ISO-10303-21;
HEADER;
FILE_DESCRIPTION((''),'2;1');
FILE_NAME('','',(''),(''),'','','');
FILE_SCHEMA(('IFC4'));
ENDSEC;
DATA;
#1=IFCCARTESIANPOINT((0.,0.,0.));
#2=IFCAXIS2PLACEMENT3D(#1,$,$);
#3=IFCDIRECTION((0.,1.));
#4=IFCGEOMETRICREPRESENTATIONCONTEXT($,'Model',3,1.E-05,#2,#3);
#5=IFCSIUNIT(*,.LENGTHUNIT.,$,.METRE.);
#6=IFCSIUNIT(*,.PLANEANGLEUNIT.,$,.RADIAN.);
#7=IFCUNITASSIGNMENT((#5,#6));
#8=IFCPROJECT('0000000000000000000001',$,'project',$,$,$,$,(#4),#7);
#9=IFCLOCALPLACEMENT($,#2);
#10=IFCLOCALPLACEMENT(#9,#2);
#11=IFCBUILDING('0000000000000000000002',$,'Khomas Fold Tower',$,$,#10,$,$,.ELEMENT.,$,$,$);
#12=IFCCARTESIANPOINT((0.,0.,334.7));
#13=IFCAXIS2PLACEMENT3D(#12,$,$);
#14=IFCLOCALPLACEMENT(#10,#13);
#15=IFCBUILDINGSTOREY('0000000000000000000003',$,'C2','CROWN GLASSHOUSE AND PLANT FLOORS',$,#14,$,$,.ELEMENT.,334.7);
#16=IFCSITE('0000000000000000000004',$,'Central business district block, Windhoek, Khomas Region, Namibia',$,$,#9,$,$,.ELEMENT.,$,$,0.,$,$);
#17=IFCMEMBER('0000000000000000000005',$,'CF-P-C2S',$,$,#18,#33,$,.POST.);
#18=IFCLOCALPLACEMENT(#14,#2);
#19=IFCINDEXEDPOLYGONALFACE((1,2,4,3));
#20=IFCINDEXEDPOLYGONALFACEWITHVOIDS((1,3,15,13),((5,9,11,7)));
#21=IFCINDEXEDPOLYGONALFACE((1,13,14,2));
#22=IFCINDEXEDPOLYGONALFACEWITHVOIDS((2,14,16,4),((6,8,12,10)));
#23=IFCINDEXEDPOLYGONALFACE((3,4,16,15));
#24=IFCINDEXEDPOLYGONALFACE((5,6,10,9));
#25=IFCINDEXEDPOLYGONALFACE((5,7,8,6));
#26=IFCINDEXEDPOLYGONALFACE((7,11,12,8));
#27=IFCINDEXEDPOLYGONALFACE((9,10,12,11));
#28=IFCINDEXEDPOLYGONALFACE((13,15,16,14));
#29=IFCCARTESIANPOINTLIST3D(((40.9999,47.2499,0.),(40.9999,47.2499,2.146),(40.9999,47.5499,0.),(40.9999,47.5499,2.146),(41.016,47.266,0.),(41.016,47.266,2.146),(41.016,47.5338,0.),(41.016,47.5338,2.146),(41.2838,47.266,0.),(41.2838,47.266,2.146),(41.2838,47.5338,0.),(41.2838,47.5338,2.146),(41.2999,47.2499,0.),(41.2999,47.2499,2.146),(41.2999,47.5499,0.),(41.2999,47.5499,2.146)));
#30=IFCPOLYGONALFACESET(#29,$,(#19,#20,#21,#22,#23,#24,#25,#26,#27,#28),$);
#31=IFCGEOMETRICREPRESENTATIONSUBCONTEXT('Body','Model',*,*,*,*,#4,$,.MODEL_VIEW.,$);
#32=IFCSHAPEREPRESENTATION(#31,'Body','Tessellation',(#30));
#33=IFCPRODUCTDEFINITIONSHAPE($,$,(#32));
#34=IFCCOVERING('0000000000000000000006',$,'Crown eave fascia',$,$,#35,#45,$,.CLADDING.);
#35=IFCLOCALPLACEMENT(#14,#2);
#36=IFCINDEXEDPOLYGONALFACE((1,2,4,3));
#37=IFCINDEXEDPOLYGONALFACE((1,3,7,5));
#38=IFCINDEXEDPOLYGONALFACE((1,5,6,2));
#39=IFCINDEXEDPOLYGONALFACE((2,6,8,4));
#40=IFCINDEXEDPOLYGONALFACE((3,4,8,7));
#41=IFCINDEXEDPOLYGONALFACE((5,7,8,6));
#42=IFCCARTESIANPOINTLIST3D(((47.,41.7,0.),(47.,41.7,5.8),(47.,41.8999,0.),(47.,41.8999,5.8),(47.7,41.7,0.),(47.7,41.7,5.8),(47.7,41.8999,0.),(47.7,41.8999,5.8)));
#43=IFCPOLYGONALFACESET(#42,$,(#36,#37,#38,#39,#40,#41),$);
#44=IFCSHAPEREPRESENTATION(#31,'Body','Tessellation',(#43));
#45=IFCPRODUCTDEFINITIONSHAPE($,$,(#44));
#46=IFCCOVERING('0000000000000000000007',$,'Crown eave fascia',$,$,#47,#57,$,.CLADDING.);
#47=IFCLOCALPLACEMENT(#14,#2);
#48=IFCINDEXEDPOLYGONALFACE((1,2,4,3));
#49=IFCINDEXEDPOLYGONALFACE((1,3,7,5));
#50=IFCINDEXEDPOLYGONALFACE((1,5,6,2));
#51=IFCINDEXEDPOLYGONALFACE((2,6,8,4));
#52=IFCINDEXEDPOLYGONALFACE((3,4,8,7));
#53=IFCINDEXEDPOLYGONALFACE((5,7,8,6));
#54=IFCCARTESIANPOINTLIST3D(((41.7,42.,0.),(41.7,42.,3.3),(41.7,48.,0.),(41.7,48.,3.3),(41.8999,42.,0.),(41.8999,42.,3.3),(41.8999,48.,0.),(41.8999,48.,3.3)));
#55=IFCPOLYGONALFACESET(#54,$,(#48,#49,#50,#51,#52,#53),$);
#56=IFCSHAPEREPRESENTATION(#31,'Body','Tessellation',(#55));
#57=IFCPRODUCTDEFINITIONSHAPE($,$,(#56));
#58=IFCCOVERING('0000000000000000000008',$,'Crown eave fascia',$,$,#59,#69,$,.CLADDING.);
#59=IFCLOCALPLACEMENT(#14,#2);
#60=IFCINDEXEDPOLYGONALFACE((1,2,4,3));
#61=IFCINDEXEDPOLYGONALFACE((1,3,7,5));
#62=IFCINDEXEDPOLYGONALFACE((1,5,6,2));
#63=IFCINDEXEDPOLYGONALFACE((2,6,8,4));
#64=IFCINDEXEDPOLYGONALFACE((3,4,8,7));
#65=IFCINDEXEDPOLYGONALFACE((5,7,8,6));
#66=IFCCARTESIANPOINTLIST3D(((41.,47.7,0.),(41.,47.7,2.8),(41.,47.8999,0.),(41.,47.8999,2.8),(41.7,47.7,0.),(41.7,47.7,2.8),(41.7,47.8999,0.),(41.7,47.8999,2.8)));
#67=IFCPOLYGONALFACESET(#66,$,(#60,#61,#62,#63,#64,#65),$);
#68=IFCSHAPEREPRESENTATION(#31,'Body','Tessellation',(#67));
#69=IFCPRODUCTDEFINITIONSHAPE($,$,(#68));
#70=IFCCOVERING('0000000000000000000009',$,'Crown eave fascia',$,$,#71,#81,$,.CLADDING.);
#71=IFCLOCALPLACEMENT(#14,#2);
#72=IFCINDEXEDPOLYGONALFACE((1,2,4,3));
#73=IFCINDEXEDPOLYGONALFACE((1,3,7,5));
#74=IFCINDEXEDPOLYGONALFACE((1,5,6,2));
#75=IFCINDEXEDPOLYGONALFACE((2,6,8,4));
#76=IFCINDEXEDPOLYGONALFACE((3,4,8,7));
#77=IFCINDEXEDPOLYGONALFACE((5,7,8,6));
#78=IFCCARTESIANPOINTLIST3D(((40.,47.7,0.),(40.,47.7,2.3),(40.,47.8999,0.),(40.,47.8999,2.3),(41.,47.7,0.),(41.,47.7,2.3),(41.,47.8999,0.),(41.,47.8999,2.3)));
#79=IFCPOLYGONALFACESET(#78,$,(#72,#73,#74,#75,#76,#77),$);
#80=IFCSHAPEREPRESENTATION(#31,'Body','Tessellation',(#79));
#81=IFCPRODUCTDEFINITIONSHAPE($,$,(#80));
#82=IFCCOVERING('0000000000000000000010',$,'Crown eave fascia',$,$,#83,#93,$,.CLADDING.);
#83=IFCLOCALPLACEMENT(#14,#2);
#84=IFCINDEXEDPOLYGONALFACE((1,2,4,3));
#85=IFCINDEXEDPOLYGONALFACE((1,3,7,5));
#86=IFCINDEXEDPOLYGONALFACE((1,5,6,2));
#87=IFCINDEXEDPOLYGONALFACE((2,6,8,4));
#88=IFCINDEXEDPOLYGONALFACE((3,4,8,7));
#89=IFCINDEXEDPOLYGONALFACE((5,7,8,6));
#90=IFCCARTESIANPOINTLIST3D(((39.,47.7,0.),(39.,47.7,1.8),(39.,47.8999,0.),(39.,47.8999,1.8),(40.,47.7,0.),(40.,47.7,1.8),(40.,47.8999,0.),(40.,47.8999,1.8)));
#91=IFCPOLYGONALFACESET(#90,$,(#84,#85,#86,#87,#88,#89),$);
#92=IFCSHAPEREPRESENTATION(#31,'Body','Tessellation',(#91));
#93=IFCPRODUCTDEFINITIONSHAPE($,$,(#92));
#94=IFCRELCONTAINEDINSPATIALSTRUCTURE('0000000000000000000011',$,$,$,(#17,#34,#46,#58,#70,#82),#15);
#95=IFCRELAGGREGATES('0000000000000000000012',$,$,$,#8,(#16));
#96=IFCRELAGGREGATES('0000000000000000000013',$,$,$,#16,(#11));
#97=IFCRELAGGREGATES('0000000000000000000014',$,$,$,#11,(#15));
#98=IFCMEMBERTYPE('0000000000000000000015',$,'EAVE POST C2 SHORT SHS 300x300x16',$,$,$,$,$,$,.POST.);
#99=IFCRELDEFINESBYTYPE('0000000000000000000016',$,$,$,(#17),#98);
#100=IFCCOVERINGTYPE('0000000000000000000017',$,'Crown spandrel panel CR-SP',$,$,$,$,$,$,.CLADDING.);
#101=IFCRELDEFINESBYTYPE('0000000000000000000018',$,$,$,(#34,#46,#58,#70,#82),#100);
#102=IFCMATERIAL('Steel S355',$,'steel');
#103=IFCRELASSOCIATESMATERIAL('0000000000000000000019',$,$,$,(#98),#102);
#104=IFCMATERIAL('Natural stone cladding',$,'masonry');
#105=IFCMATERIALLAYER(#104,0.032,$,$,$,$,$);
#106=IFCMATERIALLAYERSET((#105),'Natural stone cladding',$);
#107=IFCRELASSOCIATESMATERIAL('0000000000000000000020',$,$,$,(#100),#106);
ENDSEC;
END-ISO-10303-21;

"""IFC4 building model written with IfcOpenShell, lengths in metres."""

from ifc_helpers import new_model, si_unit, direction, frame, origin, origin_2d, place, context, subcontext, project, spatial, polyline, hollow_rectangle, outline, extrude, source, transform, mapped, material, layer, layer_set, material_profile, profile_set, type_object, element, save


model = new_model("IFC4")

# Units and contexts
model_context = context("Model", 3, precision=1e-05, world=origin(), true_north=direction((0.0, 1.0)))
body_context = subcontext(model_context, "Body", "Model", "MODEL_VIEW")
ifc_project = project(units=[si_unit("LENGTHUNIT", "METRE"), si_unit("PLANEANGLEUNIT", "RADIAN")], contexts=[model_context])

# Site, building, storey
site_placement = place(None, origin())
site = spatial("IfcSite", under=ifc_project, at=site_placement, Name="Central business district block, Windhoek, Khomas Region, Namibia", CompositionType="ELEMENT", RefElevation=0.0)
building_placement = place(site_placement, origin())
building = spatial("IfcBuilding", under=site, at=building_placement, Name="Khomas Fold Tower", CompositionType="ELEMENT")
storey_placement = place(building_placement, frame((0.0, 0.0, 334.7)))
storey = spatial("IfcBuildingStorey", under=building, at=storey_placement, Name="C2", Description="CROWN GLASSHOUSE AND PLANT FLOORS", CompositionType="ELEMENT", Elevation=334.7)

# Member
ifc_material_1 = material(Name="Steel S355", Category="steel")
ifc_material_profile = material_profile(ifc_material_1, hollow_rectangle(XDim=0.3, YDim=0.3, WallThickness=0.0161, at=origin_2d()), Name="SHS 300x300x16")
ifc_profile_set = profile_set([ifc_material_profile], Name="Steel S355")
member_type = type_object("IfcMemberType", Name="EAVE POST C2 SHORT SHS 300x300x16", PredefinedType="POST", material=ifc_profile_set)
shared_shape = source(origin(), body_context, "Body", "SweptSolid", [
    extrude(hollow_rectangle(XDim=0.3, YDim=0.3, WallThickness=0.0161, at=origin_2d()), origin(), (0.0, 0.0, 1.0), 2.146),
])
member_placement = place(storey_placement, frame((41.1499, 47.3999, 0.0), z_axis=(0.0, 0.0, 1.0), x_axis=(1.0, 0.0, 0.0)))
element("IfcMember", 1, at=member_placement, inside=storey, type_object=member_type, Name="CF-P-C2S", PredefinedType="POST", context=body_context, shape_type="MappedRepresentation", body=[
    mapped(shared_shape, transform((0.0, 0.0, 0.0))),
])

# Coverings
ifc_material_2 = material(Name="Natural stone cladding", Category="masonry")
ifc_layer = layer(ifc_material_2, 0.032)
ifc_layer_set = layer_set([ifc_layer], Name="Natural stone cladding")
covering_type = type_object("IfcCoveringType", Name="Crown spandrel panel CR-SP", PredefinedType="CLADDING", material=ifc_layer_set)
covering_1_placement = place(storey_placement, frame((47.7, 41.8999, 0.0), z_axis=(0.0, 1.0, 0.0), x_axis=(-1.0, 0.0, 0.0)))
element("IfcCovering", 2, at=covering_1_placement, inside=storey, type_object=covering_type, Name="Crown eave fascia", PredefinedType="CLADDING", context=body_context, shape_type="SweptSolid", body=[
    extrude(outline(polyline([(0.0, 0.0), (0.7, 0.0), (0.7, 5.8), (0.0, 5.8), (0.0, 0.0)])), origin(), (0.0, 0.0, -1.0), 0.2),
])
covering_2_placement = place(storey_placement, frame((41.8999, 42.0, 0.0), z_axis=(1.0, 0.0, 0.0), x_axis=(0.0, 1.0, 0.0)))
element("IfcCovering", 3, at=covering_2_placement, inside=storey, type_object=covering_type, Name="Crown eave fascia", PredefinedType="CLADDING", context=body_context, shape_type="SweptSolid", body=[
    extrude(outline(polyline([(0.0, 0.0), (6.0, 0.0), (6.0, 3.3), (0.0, 3.3), (0.0, 0.0)])), origin(), (0.0, 0.0, -1.0), 0.2),
])
covering_3_placement = place(storey_placement, frame((41.7, 47.8999, 0.0), z_axis=(0.0, 1.0, 0.0), x_axis=(-1.0, 0.0, 0.0)))
element("IfcCovering", 4, at=covering_3_placement, inside=storey, type_object=covering_type, Name="Crown eave fascia", PredefinedType="CLADDING", context=body_context, shape_type="SweptSolid", body=[
    extrude(outline(polyline([(0.0, 0.0), (0.7, 0.0), (0.7, 2.8), (0.0, 2.8), (0.0, 0.0)])), origin(), (0.0, 0.0, -1.0), 0.2),
])
covering_4_placement = place(storey_placement, frame((41.0, 47.8999, 0.0), z_axis=(0.0, 1.0, 0.0), x_axis=(-1.0, 0.0, 0.0)))
element("IfcCovering", 5, at=covering_4_placement, inside=storey, type_object=covering_type, Name="Crown eave fascia", PredefinedType="CLADDING", context=body_context, shape_type="SweptSolid", body=[
    extrude(outline(polyline([(0.0, 0.0), (1.0, 0.0), (1.0, 2.3), (0.0, 2.3), (0.0, 0.0)])), origin(), (0.0, 0.0, -1.0), 0.2),
])
covering_5_placement = place(storey_placement, frame((40.0, 47.8999, 0.0), z_axis=(0.0, 1.0, 0.0), x_axis=(-1.0, 0.0, 0.0)))
element("IfcCovering", 6, at=covering_5_placement, inside=storey, type_object=covering_type, Name="Crown eave fascia", PredefinedType="CLADDING", context=body_context, shape_type="SweptSolid", body=[
    extrude(outline(polyline([(0.0, 0.0), (1.0, 0.0), (1.0, 1.8), (0.0, 1.8), (0.0, 0.0)])), origin(), (0.0, 0.0, -1.0), 0.2),
])

save(model, "model.ifc")
